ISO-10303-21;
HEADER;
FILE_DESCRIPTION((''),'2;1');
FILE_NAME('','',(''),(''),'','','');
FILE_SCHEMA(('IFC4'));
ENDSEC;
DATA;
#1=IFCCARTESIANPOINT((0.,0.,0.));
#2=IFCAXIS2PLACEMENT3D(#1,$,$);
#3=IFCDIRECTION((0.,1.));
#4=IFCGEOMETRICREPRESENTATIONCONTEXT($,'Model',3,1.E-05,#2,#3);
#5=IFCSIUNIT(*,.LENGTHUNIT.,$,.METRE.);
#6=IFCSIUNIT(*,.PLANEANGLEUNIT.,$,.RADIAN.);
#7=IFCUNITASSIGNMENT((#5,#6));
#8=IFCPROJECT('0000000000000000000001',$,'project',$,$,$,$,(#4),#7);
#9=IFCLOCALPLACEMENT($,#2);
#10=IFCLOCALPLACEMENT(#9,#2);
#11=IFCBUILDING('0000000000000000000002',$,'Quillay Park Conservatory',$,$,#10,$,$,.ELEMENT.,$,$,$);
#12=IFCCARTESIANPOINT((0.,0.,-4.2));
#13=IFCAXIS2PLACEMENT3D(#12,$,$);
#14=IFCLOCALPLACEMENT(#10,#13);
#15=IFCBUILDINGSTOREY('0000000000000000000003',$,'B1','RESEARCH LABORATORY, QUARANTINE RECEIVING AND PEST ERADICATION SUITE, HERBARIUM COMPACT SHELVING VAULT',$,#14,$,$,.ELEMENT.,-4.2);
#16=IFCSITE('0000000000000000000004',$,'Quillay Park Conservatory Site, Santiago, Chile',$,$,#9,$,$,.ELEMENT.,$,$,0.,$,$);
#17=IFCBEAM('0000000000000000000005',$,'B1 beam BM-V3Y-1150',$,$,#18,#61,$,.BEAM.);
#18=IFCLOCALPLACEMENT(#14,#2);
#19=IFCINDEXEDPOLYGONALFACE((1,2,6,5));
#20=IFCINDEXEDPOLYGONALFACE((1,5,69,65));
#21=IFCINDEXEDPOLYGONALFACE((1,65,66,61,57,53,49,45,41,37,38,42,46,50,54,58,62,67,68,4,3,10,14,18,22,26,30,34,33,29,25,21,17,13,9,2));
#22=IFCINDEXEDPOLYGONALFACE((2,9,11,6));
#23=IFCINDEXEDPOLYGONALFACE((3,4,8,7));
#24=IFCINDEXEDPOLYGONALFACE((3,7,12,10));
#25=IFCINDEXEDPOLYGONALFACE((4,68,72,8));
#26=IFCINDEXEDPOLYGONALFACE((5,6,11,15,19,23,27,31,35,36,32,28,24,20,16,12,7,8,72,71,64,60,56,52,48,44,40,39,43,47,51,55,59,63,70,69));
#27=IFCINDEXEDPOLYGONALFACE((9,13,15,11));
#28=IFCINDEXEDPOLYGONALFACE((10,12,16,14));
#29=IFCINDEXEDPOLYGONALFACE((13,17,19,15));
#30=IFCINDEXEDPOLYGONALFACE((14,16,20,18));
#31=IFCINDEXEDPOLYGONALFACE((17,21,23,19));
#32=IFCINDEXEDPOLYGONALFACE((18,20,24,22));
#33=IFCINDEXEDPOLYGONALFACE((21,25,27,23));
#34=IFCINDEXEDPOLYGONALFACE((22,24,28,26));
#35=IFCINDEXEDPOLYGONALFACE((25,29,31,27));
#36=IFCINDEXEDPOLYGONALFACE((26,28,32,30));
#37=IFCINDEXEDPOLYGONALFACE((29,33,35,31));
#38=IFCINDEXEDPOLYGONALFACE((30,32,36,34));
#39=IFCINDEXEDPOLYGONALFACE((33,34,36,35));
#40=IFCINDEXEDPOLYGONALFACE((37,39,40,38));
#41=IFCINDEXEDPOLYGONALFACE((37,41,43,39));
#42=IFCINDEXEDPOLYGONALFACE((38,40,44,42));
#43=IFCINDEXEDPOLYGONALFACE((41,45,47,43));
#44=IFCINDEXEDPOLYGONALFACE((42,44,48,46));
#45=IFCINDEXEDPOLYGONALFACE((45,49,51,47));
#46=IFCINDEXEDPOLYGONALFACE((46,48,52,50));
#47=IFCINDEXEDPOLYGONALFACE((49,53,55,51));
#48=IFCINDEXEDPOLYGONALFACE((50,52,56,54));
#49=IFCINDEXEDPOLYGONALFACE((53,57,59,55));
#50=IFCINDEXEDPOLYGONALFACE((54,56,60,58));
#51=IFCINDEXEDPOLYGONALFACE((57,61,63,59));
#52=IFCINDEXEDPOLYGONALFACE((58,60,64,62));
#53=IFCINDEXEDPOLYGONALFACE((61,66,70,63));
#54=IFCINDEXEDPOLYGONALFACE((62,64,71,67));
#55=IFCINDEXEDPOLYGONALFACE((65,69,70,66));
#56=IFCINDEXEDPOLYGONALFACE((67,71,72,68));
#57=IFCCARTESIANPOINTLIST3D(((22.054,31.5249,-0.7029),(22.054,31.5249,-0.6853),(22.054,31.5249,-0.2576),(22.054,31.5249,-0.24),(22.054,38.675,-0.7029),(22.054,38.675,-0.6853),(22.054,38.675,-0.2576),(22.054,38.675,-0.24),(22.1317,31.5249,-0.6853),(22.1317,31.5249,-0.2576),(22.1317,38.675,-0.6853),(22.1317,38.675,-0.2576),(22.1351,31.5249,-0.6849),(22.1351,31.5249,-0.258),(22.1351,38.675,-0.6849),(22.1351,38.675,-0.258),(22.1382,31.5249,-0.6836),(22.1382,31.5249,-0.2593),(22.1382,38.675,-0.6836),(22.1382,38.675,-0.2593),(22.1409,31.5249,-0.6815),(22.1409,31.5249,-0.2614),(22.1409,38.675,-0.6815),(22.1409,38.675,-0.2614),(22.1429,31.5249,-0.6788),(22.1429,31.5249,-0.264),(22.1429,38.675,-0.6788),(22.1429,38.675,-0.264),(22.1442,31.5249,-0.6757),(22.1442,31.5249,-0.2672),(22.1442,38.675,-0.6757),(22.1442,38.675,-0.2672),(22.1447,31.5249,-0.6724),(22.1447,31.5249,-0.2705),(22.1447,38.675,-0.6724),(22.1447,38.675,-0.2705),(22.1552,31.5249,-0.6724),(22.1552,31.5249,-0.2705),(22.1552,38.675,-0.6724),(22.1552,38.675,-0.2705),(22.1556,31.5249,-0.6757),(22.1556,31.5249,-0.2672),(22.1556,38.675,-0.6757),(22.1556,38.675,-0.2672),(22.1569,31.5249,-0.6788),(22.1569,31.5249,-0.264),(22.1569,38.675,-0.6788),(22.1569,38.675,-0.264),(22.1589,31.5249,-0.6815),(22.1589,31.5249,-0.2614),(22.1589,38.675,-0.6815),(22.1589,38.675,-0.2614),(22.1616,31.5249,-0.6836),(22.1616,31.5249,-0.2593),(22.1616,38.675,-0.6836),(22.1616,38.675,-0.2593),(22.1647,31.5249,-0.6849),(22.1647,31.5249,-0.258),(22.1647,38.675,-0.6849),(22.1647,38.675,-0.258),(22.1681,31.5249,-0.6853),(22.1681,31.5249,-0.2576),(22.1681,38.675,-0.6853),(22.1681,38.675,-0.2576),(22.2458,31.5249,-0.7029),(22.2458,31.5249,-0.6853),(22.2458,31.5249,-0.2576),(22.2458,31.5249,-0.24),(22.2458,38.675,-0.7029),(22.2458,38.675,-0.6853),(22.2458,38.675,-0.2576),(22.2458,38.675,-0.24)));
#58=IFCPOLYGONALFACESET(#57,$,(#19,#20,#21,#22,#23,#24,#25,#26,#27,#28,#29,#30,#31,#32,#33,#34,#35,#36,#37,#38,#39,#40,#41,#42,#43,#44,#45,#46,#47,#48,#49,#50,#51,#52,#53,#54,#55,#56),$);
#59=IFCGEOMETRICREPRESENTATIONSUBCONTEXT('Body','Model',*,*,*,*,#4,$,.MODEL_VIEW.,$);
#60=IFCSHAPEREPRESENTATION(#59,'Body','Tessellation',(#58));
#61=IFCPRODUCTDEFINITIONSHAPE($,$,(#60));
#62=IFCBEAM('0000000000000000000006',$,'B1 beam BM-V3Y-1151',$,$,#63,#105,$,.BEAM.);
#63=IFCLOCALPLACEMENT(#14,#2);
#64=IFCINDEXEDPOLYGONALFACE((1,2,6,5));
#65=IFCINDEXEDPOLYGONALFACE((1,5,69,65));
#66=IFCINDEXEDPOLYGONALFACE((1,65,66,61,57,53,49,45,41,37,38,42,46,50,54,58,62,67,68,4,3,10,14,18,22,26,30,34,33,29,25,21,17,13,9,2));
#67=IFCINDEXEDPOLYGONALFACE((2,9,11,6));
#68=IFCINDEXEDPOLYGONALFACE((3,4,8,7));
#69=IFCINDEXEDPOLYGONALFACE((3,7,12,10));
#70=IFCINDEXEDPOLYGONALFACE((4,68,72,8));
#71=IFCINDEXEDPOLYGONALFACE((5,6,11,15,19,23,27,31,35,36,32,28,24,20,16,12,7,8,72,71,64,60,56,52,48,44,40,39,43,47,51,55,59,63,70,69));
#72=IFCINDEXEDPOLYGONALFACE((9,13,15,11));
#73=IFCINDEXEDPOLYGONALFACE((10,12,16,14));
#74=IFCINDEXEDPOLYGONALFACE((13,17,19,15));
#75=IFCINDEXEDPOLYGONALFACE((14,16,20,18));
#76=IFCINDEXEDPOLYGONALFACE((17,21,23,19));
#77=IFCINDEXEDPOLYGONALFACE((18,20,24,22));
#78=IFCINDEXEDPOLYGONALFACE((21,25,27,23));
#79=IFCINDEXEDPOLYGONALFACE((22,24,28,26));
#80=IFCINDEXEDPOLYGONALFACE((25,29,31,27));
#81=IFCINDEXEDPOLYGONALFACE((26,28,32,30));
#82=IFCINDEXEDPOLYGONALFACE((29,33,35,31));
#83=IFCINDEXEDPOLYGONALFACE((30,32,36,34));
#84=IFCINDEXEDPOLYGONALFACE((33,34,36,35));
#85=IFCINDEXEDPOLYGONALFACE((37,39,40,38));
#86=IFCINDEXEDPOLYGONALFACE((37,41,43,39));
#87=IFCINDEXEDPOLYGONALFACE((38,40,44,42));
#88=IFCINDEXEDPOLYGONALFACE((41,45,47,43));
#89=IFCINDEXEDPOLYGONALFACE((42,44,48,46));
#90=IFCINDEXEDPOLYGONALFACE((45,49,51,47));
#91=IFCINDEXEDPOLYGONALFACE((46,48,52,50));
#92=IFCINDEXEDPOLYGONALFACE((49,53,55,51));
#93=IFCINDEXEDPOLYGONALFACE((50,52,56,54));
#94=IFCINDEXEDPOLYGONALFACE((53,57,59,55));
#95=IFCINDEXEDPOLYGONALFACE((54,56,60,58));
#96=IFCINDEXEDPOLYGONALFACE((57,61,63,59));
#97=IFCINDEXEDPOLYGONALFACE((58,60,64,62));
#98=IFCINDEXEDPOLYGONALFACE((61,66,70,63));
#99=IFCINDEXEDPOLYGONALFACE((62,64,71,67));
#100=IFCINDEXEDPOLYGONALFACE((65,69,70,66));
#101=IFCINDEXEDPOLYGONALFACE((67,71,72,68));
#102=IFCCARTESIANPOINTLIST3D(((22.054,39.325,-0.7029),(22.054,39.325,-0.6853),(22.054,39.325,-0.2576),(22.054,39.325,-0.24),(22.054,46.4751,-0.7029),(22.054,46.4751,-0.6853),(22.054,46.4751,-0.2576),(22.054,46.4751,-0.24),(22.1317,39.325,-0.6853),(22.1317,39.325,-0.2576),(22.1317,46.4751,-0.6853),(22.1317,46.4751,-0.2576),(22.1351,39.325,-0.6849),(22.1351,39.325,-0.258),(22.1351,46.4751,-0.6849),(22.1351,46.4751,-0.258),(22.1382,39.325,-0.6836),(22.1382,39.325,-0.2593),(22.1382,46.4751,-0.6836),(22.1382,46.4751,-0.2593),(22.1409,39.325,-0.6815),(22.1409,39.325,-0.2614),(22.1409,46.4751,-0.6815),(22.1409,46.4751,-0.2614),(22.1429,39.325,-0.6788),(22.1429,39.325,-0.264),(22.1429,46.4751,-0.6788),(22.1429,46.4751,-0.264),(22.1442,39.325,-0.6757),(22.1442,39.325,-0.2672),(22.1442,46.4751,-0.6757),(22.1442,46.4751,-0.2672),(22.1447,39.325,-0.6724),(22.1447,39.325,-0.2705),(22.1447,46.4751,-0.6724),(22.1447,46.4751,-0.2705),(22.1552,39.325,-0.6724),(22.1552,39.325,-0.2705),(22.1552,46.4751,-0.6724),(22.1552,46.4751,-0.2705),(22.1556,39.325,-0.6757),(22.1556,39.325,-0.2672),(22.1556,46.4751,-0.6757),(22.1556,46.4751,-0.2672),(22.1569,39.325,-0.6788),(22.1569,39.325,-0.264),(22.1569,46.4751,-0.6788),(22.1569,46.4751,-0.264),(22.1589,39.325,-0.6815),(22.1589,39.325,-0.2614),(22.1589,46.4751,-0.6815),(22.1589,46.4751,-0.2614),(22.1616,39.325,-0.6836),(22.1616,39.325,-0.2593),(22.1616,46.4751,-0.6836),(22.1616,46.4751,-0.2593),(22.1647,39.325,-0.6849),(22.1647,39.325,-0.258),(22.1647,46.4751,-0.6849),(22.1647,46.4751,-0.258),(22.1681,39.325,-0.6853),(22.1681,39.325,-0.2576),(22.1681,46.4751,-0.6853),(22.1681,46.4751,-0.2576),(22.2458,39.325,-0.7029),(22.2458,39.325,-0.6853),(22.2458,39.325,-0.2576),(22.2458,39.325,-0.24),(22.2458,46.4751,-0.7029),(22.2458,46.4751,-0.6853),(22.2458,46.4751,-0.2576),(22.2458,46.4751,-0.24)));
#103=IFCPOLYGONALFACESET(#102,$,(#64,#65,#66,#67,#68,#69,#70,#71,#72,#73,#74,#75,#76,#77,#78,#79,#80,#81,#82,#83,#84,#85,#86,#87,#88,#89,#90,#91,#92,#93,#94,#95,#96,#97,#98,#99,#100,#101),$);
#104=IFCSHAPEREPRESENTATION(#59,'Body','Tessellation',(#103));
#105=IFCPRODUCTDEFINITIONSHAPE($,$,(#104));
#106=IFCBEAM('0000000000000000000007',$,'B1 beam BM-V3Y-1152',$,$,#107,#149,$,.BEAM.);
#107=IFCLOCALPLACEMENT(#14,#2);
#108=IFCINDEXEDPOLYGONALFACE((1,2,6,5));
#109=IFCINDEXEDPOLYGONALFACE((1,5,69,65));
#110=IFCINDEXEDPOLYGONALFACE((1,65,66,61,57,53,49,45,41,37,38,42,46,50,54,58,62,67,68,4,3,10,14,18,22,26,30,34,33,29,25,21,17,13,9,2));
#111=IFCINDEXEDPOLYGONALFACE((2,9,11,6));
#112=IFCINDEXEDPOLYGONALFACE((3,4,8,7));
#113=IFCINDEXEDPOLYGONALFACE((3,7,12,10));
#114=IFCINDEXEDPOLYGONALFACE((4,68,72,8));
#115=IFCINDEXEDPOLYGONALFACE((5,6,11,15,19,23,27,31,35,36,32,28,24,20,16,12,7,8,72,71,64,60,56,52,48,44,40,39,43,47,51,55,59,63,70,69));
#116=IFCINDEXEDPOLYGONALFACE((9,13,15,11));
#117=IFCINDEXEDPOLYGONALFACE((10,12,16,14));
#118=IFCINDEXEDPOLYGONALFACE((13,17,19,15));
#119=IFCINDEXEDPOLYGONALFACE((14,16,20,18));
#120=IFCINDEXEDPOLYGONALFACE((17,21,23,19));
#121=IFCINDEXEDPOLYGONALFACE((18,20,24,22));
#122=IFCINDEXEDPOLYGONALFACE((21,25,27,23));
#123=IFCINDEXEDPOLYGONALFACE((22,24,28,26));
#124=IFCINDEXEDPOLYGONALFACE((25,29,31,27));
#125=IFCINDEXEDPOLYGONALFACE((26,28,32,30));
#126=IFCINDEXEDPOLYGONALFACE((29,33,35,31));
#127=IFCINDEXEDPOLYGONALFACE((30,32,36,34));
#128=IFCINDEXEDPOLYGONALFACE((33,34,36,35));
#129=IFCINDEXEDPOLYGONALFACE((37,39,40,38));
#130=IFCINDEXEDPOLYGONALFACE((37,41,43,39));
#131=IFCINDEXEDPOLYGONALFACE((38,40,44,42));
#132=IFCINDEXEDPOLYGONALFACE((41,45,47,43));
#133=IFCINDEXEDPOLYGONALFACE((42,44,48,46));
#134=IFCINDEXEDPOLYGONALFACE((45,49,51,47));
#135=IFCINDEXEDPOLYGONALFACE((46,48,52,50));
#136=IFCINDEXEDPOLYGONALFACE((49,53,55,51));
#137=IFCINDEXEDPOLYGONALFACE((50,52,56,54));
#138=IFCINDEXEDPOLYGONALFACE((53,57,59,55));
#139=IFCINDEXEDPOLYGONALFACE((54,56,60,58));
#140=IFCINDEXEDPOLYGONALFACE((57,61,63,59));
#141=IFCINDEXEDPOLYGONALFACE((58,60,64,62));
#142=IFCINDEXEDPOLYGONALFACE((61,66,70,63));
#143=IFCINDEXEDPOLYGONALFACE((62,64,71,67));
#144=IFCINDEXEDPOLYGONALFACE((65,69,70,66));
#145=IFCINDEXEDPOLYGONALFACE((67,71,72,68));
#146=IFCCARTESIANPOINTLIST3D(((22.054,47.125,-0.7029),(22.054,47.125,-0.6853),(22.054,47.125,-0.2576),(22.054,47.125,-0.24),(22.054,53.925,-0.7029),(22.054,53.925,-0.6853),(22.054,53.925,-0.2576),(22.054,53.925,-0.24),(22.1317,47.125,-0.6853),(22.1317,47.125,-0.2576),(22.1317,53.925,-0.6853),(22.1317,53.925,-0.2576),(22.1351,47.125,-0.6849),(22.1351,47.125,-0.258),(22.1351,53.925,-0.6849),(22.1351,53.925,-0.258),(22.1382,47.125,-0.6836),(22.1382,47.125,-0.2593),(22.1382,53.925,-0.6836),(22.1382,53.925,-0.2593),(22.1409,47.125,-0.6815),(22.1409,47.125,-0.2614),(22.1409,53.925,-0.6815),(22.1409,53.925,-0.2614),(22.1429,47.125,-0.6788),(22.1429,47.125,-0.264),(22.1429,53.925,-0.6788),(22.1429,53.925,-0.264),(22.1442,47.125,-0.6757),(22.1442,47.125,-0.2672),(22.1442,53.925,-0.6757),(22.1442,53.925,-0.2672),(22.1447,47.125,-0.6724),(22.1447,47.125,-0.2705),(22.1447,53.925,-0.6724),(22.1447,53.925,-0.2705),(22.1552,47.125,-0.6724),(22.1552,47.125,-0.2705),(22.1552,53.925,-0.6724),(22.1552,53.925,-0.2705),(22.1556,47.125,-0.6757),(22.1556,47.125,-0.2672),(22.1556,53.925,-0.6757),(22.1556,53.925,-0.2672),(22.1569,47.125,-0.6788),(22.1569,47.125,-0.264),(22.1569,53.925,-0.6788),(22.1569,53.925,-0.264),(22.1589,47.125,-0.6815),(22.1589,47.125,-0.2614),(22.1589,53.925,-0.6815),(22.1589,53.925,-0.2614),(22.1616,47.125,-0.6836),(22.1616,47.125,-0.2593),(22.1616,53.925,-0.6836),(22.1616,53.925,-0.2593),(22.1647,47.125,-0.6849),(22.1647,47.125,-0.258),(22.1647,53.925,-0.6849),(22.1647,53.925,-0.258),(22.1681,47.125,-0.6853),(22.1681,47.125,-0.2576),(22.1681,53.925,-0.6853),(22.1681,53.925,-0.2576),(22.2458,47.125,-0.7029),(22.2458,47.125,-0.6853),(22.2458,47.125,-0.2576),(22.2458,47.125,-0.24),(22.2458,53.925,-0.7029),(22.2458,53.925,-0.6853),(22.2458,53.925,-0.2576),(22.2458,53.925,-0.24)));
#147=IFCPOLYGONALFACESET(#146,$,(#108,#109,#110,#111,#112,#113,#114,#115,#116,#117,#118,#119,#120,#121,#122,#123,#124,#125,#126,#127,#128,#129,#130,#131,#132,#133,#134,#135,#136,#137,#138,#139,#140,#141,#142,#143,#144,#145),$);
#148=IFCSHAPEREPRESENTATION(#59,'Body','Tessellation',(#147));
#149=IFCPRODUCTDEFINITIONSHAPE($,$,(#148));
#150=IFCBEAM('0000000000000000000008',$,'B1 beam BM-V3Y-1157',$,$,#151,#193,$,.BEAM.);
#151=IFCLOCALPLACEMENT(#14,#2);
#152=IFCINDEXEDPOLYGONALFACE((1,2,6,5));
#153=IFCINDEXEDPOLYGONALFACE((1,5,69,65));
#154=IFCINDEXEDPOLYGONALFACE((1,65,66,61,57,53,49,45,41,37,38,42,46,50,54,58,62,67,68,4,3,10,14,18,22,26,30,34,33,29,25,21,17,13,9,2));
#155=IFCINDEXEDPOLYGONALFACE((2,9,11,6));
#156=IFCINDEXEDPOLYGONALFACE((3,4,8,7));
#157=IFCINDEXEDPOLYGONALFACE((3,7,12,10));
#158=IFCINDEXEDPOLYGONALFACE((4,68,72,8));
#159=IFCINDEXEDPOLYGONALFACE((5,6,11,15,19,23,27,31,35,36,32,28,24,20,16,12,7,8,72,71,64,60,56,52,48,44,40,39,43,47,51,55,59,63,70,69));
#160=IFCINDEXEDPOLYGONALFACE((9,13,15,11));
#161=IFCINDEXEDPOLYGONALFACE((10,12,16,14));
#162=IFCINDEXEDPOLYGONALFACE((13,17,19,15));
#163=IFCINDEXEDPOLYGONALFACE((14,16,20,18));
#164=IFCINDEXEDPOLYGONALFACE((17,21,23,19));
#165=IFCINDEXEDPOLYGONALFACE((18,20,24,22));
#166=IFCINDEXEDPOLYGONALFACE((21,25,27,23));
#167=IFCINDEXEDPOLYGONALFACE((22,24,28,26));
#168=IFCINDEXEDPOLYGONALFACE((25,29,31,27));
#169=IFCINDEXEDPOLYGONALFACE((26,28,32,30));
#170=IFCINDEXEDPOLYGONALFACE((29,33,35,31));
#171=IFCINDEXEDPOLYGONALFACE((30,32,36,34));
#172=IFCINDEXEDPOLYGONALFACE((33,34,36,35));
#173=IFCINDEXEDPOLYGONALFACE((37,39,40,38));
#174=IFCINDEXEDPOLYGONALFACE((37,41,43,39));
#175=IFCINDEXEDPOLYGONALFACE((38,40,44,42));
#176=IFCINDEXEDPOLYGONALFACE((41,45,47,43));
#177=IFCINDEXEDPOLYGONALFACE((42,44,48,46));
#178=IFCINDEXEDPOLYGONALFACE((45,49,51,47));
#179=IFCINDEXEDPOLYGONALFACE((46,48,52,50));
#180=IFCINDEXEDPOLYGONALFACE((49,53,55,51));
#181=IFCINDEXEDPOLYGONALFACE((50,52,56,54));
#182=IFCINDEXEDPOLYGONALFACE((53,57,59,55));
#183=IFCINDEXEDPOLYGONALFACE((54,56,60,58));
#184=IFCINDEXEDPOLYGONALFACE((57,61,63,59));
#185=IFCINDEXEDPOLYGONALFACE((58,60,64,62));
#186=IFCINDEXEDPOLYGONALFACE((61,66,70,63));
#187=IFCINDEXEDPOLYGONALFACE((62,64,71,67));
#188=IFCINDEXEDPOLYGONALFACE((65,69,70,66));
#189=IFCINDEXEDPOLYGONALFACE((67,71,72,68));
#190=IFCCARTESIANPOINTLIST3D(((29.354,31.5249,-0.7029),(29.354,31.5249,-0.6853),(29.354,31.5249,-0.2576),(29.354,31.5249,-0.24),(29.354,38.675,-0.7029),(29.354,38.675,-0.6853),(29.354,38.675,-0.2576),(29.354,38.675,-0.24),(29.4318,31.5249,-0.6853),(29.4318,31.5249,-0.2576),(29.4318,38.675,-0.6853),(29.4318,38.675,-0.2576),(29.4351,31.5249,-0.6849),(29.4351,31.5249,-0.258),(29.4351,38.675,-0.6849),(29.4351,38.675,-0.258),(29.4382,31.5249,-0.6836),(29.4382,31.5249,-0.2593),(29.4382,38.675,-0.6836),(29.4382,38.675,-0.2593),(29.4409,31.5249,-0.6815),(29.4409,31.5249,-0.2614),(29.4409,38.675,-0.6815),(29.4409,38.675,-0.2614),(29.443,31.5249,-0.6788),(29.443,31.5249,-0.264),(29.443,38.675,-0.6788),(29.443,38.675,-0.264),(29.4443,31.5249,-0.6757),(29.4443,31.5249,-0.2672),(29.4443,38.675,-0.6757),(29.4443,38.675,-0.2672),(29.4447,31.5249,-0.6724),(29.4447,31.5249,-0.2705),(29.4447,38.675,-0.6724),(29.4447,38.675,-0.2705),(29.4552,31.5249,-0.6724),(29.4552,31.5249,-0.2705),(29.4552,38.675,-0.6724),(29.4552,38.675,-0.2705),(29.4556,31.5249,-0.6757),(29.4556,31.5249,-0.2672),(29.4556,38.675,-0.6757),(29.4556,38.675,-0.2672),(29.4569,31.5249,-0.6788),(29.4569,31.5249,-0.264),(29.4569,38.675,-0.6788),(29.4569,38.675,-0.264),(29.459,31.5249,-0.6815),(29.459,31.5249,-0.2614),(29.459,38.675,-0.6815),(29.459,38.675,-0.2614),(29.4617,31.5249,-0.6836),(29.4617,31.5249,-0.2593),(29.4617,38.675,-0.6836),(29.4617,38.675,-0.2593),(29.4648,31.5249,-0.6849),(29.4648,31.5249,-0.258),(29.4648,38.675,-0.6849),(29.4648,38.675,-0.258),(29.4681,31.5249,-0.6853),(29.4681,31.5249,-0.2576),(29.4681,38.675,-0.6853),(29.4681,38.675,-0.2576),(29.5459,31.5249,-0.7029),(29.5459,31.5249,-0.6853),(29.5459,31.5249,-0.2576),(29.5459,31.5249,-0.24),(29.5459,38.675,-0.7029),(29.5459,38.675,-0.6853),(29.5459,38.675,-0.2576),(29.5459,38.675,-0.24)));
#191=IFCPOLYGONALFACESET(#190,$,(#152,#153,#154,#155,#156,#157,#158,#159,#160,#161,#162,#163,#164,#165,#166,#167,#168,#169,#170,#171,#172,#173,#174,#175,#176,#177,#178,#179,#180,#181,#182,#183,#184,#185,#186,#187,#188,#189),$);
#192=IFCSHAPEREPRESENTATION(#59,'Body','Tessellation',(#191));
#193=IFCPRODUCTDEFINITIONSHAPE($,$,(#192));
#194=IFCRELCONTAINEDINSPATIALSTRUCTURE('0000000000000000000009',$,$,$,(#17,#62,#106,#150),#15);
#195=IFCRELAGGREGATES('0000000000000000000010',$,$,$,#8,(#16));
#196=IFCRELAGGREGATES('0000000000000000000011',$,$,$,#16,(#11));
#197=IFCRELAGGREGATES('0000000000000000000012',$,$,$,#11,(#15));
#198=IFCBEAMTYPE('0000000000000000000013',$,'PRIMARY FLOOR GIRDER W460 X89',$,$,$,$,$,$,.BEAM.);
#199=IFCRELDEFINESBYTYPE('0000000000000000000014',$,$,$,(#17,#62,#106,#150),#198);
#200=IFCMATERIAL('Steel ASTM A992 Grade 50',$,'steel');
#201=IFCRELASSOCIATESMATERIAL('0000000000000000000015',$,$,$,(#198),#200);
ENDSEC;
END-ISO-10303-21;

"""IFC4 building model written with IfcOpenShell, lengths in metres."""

from ifc_helpers import new_model, si_unit, direction, frame, origin, origin_2d, place, context, subcontext, project, spatial, i_section, extrude, material, material_profile, profile_set, type_object, element, save


model = new_model("IFC4")

# Units and contexts
model_context = context("Model", 3, precision=1e-05, world=origin(), true_north=direction((0.0, 1.0)))
body_context = subcontext(model_context, "Body", "Model", "MODEL_VIEW")
ifc_project = project(units=[si_unit("LENGTHUNIT", "METRE"), si_unit("PLANEANGLEUNIT", "RADIAN")], contexts=[model_context])

# Site, building, storey
site_placement = place(None, origin())
site = spatial("IfcSite", under=ifc_project, at=site_placement, Name="Quillay Park Conservatory Site, Santiago, Chile", CompositionType="ELEMENT", RefElevation=0.0)
building_placement = place(site_placement, origin())
building = spatial("IfcBuilding", under=site, at=building_placement, Name="Quillay Park Conservatory", CompositionType="ELEMENT")
storey_placement = place(building_placement, frame((0.0, 0.0, -4.2)))
storey = spatial("IfcBuildingStorey", under=building, at=storey_placement, Name="B1", Description="RESEARCH LABORATORY, QUARANTINE RECEIVING AND PEST ERADICATION SUITE, HERBARIUM COMPACT SHELVING VAULT", CompositionType="ELEMENT", Elevation=-4.2)

# Beams
ifc_material_1 = material(Name="Steel ASTM A992 Grade 50", Category="steel")
ifc_material_profile_1 = material_profile(ifc_material_1, i_section(OverallWidth=0.1919, OverallDepth=0.4629, WebThickness=0.0105, FlangeThickness=0.0176, FilletRadius=0.0129, at=origin_2d()), Name="W460x89")
ifc_profile_set_1 = profile_set([ifc_material_profile_1], Name="Steel ASTM A992 Grade 50")
beam_type_1 = type_object("IfcBeamType", Name="PRIMARY FLOOR GIRDER W460 X89", PredefinedType="BEAM", material=ifc_profile_set_1)
for number, where, z_axis, x_axis, name in (
    (1, (22.1499, 31.5249, -0.4714), (0.0, 1.0, 0.0), (-1.0, 0.0, 0.0), "B1 beam BM-V3Y-1150"),
    (2, (22.1499, 39.325, -0.4714), (0.0, 1.0, 0.0), (-1.0, 0.0, 0.0), "B1 beam BM-V3Y-1151"),
):
    element("IfcBeam", number, at=place(storey_placement, frame(where, z_axis=z_axis, x_axis=x_axis)), inside=storey, type_object=beam_type_1, Name=name, PredefinedType="BEAM", context=body_context, shape_type="SweptSolid", body=[
        extrude(i_section(OverallWidth=0.1919, OverallDepth=0.4629, WebThickness=0.0105, FlangeThickness=0.0176, FilletRadius=0.0129, at=origin_2d()), origin(), (0.0, 0.0, 1.0), 7.1501),
    ])
beam_1_placement = place(storey_placement, frame((22.1499, 47.125, -0.4714), z_axis=(0.0, 1.0, 0.0), x_axis=(-1.0, 0.0, 0.0)))
element("IfcBeam", 3, at=beam_1_placement, inside=storey, type_object=beam_type_1, Name="B1 beam BM-V3Y-1152", PredefinedType="BEAM", context=body_context, shape_type="SweptSolid", body=[
    extrude(i_section(OverallWidth=0.1919, OverallDepth=0.4629, WebThickness=0.0105, FlangeThickness=0.0176, FilletRadius=0.0129, at=origin_2d()), origin(), (0.0, 0.0, 1.0), 6.8),
])
for number, where, z_axis, x_axis, name in (
    (4, (29.45, 31.5249, -0.4714), (0.0, 1.0, 0.0), (-1.0, 0.0, 0.0), "B1 beam BM-V3Y-1157"),
):
    element("IfcBeam", number, at=place(storey_placement, frame(where, z_axis=z_axis, x_axis=x_axis)), inside=storey, type_object=beam_type_1, Name=name, PredefinedType="BEAM", context=body_context, shape_type="SweptSolid", body=[
        extrude(i_section(OverallWidth=0.1919, OverallDepth=0.4629, WebThickness=0.0105, FlangeThickness=0.0176, FilletRadius=0.0129, at=origin_2d()), origin(), (0.0, 0.0, 1.0), 7.1501),
    ])

save(model, "model.ifc")
